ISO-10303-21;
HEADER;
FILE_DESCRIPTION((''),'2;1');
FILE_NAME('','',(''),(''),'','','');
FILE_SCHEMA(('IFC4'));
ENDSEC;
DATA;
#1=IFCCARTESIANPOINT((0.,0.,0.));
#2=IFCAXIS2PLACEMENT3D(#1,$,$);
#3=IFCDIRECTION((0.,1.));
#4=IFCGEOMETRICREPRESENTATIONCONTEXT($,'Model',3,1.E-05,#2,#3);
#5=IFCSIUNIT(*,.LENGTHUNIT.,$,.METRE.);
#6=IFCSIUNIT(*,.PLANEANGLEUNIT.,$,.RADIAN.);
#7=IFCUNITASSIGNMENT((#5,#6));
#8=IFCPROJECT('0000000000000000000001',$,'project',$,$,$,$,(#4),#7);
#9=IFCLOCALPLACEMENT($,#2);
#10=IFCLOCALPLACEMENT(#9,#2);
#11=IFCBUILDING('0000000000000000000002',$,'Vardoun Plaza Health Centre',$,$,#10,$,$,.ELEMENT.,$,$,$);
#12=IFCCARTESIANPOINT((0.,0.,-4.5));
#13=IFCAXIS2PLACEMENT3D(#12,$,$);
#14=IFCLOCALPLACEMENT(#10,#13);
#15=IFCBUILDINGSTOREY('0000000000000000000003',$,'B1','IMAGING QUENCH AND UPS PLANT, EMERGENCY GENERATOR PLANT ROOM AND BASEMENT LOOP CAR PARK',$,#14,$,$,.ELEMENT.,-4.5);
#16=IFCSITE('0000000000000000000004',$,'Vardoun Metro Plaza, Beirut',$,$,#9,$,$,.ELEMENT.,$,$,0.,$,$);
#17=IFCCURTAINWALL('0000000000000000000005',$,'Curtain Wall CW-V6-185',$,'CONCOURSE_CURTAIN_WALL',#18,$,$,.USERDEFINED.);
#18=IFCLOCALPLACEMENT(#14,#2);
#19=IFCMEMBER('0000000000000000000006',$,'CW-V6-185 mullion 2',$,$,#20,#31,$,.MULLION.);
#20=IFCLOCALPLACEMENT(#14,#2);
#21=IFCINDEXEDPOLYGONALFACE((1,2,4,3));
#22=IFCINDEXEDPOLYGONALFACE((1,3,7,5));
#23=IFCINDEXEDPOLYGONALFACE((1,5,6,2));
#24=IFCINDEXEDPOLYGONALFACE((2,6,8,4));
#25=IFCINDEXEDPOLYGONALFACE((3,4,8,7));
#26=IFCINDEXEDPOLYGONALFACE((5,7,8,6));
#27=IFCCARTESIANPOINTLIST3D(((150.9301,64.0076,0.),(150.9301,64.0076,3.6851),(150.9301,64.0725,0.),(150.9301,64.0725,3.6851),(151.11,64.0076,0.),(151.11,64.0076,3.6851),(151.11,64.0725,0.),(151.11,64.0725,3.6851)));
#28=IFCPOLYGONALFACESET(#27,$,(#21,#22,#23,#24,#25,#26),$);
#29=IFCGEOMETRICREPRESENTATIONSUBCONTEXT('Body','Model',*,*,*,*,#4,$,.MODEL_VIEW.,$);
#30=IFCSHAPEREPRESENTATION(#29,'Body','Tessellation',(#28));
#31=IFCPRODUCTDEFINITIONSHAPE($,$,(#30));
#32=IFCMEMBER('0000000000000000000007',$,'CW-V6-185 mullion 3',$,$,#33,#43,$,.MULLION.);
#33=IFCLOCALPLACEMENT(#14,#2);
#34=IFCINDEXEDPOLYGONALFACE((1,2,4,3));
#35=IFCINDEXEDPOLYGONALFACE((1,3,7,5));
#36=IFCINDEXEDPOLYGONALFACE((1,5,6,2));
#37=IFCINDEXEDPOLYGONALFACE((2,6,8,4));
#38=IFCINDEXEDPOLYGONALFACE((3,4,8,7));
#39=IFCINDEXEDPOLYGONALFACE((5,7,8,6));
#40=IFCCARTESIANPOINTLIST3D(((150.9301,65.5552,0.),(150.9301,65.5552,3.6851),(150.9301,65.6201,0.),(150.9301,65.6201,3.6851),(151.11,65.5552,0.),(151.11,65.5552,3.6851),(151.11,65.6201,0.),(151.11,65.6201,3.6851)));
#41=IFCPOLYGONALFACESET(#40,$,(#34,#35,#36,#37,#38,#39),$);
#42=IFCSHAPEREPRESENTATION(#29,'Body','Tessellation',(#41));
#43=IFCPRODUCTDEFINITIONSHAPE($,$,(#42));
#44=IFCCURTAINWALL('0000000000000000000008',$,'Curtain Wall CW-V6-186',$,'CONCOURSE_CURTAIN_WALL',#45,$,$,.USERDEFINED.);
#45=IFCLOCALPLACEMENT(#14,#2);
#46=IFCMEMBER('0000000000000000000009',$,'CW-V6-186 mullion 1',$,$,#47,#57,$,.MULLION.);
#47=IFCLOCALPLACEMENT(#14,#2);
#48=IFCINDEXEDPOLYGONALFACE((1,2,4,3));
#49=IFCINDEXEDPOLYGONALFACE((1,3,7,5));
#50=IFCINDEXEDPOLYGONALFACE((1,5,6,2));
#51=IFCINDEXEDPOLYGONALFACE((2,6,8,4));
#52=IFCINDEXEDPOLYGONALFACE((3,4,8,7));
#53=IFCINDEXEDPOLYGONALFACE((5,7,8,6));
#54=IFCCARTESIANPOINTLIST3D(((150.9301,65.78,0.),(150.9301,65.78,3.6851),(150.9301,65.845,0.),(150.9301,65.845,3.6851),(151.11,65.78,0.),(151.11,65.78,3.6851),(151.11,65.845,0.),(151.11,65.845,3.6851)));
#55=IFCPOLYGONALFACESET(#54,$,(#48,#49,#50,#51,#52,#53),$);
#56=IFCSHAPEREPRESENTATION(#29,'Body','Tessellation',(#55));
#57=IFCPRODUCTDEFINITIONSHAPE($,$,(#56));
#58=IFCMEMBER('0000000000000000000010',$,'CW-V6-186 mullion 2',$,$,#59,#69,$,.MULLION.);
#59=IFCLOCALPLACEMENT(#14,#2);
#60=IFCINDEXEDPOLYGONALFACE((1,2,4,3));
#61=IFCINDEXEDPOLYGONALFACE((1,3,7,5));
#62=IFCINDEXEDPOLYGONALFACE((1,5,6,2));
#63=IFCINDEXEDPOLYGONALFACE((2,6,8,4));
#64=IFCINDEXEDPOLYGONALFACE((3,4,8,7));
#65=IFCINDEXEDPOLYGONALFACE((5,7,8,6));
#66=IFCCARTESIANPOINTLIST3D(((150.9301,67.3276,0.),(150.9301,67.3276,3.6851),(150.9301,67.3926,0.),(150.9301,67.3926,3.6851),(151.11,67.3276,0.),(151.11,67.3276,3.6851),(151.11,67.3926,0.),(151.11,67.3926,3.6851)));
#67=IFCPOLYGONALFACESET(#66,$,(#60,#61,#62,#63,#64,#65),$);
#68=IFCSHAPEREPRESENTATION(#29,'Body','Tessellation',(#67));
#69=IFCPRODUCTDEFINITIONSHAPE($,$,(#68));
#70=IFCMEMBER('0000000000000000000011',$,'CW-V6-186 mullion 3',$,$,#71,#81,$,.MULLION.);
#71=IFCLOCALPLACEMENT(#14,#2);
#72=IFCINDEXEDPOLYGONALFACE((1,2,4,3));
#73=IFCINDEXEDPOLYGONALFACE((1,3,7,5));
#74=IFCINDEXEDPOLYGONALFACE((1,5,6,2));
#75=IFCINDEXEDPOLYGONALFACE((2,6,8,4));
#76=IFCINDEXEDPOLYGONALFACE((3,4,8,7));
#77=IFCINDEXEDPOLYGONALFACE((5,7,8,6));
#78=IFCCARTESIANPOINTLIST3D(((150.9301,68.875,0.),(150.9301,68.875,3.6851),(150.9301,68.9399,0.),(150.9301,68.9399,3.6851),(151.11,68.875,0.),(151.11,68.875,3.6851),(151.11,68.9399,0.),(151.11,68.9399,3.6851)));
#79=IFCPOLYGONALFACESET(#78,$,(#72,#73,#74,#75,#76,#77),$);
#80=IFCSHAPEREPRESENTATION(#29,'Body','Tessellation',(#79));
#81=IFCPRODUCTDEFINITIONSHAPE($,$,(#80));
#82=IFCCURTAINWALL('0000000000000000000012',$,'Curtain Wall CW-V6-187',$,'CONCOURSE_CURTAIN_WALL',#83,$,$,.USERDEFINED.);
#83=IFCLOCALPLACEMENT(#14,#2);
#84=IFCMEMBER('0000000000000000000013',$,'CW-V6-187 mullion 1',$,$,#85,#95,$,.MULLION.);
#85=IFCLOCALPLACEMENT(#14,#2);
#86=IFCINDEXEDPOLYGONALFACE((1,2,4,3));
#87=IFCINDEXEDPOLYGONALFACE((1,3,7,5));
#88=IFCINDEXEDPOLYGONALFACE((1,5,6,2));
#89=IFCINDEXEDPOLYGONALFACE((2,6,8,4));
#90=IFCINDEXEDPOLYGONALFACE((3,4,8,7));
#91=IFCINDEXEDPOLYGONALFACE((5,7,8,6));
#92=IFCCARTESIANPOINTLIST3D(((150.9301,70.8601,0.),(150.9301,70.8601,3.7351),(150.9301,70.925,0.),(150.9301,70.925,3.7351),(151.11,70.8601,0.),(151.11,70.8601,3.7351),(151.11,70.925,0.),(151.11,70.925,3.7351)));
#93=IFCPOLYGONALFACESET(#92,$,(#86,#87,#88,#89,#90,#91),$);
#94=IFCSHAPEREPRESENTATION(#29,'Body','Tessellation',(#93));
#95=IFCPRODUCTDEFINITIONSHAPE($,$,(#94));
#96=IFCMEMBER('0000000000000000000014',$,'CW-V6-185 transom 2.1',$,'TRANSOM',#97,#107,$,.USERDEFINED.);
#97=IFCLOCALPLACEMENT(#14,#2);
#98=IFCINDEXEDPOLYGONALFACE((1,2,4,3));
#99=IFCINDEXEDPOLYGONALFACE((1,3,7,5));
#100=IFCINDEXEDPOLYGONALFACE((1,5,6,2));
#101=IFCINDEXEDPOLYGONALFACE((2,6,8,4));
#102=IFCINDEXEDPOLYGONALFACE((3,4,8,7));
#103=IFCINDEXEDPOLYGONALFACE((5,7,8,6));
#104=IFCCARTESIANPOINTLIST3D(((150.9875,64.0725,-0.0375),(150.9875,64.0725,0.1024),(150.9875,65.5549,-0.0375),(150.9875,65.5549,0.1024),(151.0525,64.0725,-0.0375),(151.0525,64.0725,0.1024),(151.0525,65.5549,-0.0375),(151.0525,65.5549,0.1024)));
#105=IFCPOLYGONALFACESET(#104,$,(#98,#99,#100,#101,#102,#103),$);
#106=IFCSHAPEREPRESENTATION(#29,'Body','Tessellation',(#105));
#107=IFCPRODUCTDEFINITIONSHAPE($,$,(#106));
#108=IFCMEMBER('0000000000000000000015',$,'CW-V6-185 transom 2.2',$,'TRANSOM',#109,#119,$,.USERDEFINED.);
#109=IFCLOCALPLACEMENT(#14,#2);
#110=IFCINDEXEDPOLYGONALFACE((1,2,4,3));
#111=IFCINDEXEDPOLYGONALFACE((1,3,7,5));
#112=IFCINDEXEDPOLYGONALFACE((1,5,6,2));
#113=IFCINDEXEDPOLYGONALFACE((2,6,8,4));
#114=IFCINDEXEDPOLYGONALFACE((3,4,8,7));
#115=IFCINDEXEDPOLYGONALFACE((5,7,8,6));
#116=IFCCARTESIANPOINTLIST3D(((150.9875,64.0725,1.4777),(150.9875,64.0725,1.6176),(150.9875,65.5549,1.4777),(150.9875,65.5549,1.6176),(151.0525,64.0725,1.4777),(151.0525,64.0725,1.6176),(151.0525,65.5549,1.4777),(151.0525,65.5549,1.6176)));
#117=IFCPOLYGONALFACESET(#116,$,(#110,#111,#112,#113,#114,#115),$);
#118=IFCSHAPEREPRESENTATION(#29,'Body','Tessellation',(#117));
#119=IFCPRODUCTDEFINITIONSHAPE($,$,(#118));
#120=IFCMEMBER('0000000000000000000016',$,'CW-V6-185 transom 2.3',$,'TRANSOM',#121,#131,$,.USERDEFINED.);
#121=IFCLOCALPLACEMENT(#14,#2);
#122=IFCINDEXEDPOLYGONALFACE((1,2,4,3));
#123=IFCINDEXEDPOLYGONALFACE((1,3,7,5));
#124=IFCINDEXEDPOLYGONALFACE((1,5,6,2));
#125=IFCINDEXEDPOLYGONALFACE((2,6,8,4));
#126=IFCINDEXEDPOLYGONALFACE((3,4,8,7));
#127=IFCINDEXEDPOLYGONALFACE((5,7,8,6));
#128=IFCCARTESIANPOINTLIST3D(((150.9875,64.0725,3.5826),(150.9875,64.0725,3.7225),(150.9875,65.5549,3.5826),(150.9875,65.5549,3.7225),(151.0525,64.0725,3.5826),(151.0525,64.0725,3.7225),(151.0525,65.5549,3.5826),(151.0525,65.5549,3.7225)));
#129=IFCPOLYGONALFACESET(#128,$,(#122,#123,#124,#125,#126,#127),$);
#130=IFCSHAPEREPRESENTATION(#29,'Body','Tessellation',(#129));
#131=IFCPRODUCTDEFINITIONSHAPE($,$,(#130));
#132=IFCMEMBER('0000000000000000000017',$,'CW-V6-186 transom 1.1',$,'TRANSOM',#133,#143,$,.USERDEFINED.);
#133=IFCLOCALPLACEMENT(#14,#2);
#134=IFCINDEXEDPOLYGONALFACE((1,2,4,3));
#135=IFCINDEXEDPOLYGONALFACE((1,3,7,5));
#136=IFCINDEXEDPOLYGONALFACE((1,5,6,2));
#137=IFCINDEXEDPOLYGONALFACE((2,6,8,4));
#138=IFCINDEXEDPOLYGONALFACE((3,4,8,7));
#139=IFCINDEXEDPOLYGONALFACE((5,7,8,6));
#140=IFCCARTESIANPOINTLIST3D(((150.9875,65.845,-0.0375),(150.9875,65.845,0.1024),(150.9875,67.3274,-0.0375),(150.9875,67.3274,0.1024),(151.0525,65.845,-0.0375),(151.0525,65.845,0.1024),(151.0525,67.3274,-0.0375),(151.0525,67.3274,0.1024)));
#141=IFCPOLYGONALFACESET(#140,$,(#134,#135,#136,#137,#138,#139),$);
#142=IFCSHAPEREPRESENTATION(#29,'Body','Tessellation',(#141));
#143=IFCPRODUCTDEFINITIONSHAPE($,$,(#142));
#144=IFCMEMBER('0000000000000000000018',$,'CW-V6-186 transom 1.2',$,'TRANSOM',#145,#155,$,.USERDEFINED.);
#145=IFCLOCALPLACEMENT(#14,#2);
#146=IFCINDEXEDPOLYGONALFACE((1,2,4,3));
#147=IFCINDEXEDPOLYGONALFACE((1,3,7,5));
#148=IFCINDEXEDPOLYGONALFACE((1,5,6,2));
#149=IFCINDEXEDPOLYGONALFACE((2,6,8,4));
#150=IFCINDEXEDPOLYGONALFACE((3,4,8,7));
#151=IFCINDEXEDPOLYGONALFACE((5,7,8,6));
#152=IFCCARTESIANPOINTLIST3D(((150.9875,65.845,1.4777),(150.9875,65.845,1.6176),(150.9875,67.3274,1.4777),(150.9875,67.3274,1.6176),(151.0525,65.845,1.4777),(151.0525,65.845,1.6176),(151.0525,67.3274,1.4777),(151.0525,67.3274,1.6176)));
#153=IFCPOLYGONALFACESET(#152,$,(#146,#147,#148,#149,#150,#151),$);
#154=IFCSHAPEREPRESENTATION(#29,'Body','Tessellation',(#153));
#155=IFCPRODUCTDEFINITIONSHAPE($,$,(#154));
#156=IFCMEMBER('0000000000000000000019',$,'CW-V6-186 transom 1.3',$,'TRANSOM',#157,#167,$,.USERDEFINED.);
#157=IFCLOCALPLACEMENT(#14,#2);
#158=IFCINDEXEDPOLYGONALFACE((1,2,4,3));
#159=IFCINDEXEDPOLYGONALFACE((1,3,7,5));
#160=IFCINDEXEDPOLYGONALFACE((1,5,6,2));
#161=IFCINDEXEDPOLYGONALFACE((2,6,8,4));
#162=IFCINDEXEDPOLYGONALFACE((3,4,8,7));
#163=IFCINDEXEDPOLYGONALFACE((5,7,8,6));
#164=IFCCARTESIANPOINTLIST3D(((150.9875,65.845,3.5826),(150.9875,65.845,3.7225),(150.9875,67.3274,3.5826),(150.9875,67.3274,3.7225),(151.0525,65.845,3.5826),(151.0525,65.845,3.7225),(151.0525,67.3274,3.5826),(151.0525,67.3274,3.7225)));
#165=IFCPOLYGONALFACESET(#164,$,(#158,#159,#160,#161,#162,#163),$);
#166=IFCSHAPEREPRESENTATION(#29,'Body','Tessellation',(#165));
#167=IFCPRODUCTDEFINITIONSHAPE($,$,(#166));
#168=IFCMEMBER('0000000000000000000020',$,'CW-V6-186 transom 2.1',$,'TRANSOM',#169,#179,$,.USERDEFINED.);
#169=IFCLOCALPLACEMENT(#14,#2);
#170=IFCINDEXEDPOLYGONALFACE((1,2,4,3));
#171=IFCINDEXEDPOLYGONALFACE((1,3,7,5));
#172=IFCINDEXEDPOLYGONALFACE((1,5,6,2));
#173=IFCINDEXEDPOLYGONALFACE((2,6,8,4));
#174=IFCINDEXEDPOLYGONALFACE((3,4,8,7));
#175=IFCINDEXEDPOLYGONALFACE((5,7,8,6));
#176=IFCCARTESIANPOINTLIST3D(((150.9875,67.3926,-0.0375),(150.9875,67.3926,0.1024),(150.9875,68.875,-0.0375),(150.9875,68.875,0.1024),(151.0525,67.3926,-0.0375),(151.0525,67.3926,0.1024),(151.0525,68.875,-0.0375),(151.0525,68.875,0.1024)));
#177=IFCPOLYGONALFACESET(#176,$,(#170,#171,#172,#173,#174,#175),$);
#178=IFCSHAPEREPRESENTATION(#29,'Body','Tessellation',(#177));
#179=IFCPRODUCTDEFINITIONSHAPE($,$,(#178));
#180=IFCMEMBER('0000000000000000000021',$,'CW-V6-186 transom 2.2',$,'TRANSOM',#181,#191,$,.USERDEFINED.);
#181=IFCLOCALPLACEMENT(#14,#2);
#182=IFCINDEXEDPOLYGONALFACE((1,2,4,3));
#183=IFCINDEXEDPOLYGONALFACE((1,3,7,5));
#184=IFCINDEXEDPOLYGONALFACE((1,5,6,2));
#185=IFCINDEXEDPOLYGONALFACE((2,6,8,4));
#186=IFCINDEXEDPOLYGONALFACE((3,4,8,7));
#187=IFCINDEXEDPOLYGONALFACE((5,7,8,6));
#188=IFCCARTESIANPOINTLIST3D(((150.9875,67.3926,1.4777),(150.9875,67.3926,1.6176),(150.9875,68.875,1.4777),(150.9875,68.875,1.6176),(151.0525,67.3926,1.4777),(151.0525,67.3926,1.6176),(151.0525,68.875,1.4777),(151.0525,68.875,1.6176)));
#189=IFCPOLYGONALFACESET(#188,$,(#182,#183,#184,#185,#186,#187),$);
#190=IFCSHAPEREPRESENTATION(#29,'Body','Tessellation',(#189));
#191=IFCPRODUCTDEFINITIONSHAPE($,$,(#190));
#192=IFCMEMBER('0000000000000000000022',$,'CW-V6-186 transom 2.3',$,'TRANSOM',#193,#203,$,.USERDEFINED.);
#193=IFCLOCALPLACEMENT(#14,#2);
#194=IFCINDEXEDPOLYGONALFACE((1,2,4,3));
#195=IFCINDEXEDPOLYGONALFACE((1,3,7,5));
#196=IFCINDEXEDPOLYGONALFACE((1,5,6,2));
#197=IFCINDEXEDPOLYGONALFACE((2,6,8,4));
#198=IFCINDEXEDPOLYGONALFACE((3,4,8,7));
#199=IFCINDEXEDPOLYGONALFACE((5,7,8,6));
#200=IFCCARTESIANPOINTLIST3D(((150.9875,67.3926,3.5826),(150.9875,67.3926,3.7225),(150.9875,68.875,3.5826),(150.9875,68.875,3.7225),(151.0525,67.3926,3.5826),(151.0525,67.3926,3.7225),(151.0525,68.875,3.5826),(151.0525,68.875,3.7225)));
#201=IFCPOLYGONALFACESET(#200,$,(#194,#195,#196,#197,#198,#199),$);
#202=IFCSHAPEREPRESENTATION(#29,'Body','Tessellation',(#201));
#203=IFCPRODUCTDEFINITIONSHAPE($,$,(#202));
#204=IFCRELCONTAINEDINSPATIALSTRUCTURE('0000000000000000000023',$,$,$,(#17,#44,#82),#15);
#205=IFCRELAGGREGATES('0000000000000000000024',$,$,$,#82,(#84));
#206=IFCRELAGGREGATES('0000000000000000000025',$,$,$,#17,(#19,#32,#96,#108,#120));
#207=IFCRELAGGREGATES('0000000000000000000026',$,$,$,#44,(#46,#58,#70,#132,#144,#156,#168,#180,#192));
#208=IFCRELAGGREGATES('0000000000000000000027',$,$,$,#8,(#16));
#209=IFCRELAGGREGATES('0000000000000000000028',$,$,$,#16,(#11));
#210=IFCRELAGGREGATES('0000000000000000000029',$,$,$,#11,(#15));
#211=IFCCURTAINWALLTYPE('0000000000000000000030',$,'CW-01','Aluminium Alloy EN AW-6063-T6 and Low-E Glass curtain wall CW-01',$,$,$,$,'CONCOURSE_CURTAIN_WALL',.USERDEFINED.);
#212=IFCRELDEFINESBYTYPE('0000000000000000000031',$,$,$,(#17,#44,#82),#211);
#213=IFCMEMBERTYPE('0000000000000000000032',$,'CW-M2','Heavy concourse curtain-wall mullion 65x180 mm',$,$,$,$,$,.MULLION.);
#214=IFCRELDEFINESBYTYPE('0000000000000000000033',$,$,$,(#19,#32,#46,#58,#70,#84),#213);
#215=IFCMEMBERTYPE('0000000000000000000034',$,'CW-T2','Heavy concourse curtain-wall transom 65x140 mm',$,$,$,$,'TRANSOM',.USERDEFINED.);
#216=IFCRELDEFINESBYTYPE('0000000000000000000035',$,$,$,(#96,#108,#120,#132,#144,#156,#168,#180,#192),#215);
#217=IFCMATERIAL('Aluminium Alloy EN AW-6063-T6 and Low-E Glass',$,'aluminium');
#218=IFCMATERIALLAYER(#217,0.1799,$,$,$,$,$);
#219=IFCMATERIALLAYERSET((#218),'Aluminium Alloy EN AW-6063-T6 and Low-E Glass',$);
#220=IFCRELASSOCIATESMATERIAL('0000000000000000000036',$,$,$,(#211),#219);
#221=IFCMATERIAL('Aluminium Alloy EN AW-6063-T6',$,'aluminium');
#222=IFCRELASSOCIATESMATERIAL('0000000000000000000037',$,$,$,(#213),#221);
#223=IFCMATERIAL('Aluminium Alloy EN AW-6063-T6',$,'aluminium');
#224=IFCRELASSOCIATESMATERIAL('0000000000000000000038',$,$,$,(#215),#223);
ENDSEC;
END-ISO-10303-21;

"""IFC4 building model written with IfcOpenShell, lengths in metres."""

from ifc_helpers import new_model, si_unit, direction, frame, origin, origin_2d, place, context, subcontext, project, spatial, rectangle, extrude, material, layer, layer_set, material_profile, profile_set, type_object, element, aggregate, save


model = new_model("IFC4")

# Units and contexts
model_context = context("Model", 3, precision=1e-05, world=origin(), true_north=direction((0.0, 1.0)))
body_context = subcontext(model_context, "Body", "Model", "MODEL_VIEW")
ifc_project = project(units=[si_unit("LENGTHUNIT", "METRE"), si_unit("PLANEANGLEUNIT", "RADIAN")], contexts=[model_context])

# Site, building, storey
site_placement = place(None, origin())
site = spatial("IfcSite", under=ifc_project, at=site_placement, Name="Vardoun Metro Plaza, Beirut", CompositionType="ELEMENT", RefElevation=0.0)
building_placement = place(site_placement, origin())
building = spatial("IfcBuilding", under=site, at=building_placement, Name="Vardoun Plaza Health Centre", CompositionType="ELEMENT")
storey_placement = place(building_placement, frame((0.0, 0.0, -4.5)))
storey = spatial("IfcBuildingStorey", under=building, at=storey_placement, Name="B1", Description="IMAGING QUENCH AND UPS PLANT, EMERGENCY GENERATOR PLANT ROOM AND BASEMENT LOOP CAR PARK", CompositionType="ELEMENT", Elevation=-4.5)

# Curtain walls, members
ifc_material_1 = material(Name="Aluminium Alloy EN AW-6063-T6 and Low-E Glass", Category="aluminium")
ifc_layer_1 = layer(ifc_material_1, 0.1799)
ifc_layer_set_1 = layer_set([ifc_layer_1], Name="Aluminium Alloy EN AW-6063-T6 and Low-E Glass")
curtain_wall_type = type_object("IfcCurtainWallType", Name="CW-01", Description="Aluminium Alloy EN AW-6063-T6 and Low-E Glass curtain wall CW-01", ElementType="CONCOURSE_CURTAIN_WALL", PredefinedType="USERDEFINED", material=ifc_layer_set_1)
curtain_wall_1_placement = place(storey_placement, origin())
curtain_wall_1 = element("IfcCurtainWall", 1, at=curtain_wall_1_placement, inside=storey, type_object=curtain_wall_type, Name="Curtain Wall CW-V6-185", ObjectType="CONCOURSE_CURTAIN_WALL", PredefinedType="USERDEFINED")
ifc_material_2 = material(Name="Aluminium Alloy EN AW-6063-T6", Category="aluminium")
ifc_material_profile_1 = material_profile(ifc_material_2, rectangle(XDim=0.1799, YDim=0.0649, at=origin_2d()), Name="CWM 65x180")
ifc_profile_set_1 = profile_set([ifc_material_profile_1], Name="Aluminium Alloy EN AW-6063-T6")
member_type_1 = type_object("IfcMemberType", Name="CW-M2", Description="Heavy concourse curtain-wall mullion 65x180 mm", PredefinedType="MULLION", material=ifc_profile_set_1)
member_1_placement = place(storey_placement, frame((151.02, 64.04, 0.0), z_axis=(0.0, 0.0, 1.0), x_axis=(-1.0, 0.0, 0.0)))
member_1 = element("IfcMember", 2, at=member_1_placement, type_object=member_type_1, Name="CW-V6-185 mullion 2", PredefinedType="MULLION", context=body_context, shape_type="SweptSolid", body=[
    extrude(rectangle(XDim=0.1799, YDim=0.0649, at=origin_2d()), origin(), (0.0, 0.0, 1.0), 3.6851),
])
member_2_placement = place(storey_placement, frame((151.02, 65.5876, 0.0), z_axis=(0.0, 0.0, 1.0), x_axis=(-1.0, 0.0, 0.0)))
member_2 = element("IfcMember", 3, at=member_2_placement, type_object=member_type_1, Name="CW-V6-185 mullion 3", PredefinedType="MULLION", context=body_context, shape_type="SweptSolid", body=[
    extrude(rectangle(XDim=0.1799, YDim=0.0649, at=origin_2d()), origin(), (0.0, 0.0, 1.0), 3.6851),
])
curtain_wall_2_placement = place(storey_placement, origin())
curtain_wall_2 = element("IfcCurtainWall", 4, at=curtain_wall_2_placement, inside=storey, type_object=curtain_wall_type, Name="Curtain Wall CW-V6-186", ObjectType="CONCOURSE_CURTAIN_WALL", PredefinedType="USERDEFINED")
member_3_placement = place(storey_placement, frame((151.02, 65.8125, 0.0), z_axis=(0.0, 0.0, 1.0), x_axis=(-1.0, 0.0, 0.0)))
member_3 = element("IfcMember", 5, at=member_3_placement, type_object=member_type_1, Name="CW-V6-186 mullion 1", PredefinedType="MULLION", context=body_context, shape_type="SweptSolid", body=[
    extrude(rectangle(XDim=0.1799, YDim=0.0649, at=origin_2d()), origin(), (0.0, 0.0, 1.0), 3.6851),
])
member_4_placement = place(storey_placement, frame((151.02, 67.3601, 0.0), z_axis=(0.0, 0.0, 1.0), x_axis=(-1.0, 0.0, 0.0)))
member_4 = element("IfcMember", 6, at=member_4_placement, type_object=member_type_1, Name="CW-V6-186 mullion 2", PredefinedType="MULLION", context=body_context, shape_type="SweptSolid", body=[
    extrude(rectangle(XDim=0.1799, YDim=0.0649, at=origin_2d()), origin(), (0.0, 0.0, 1.0), 3.6851),
])
member_5_placement = place(storey_placement, frame((151.02, 68.9075, 0.0), z_axis=(0.0, 0.0, 1.0), x_axis=(-1.0, 0.0, 0.0)))
member_5 = element("IfcMember", 7, at=member_5_placement, type_object=member_type_1, Name="CW-V6-186 mullion 3", PredefinedType="MULLION", context=body_context, shape_type="SweptSolid", body=[
    extrude(rectangle(XDim=0.1799, YDim=0.0649, at=origin_2d()), origin(), (0.0, 0.0, 1.0), 3.6851),
])

# Curtain wall, member
curtain_wall_3_placement = place(storey_placement, origin())
curtain_wall_3 = element("IfcCurtainWall", 8, at=curtain_wall_3_placement, inside=storey, type_object=curtain_wall_type, Name="Curtain Wall CW-V6-187", ObjectType="CONCOURSE_CURTAIN_WALL", PredefinedType="USERDEFINED")
member_6_placement = place(storey_placement, frame((151.02, 70.8926, 0.0), z_axis=(0.0, 0.0, 1.0), x_axis=(-1.0, 0.0, 0.0)))
member_6 = element("IfcMember", 9, at=member_6_placement, type_object=member_type_1, Name="CW-V6-187 mullion 1", PredefinedType="MULLION", context=body_context, shape_type="SweptSolid", body=[
    extrude(rectangle(XDim=0.1799, YDim=0.0649, at=origin_2d()), origin(), (0.0, 0.0, 1.0), 3.7351),
])

# Members
ifc_material_3 = material(Name="Aluminium Alloy EN AW-6063-T6", Category="aluminium")
ifc_material_profile_2 = material_profile(ifc_material_3, rectangle(XDim=0.0649, YDim=0.1399, at=origin_2d()), Name="CWT 65x140")
ifc_profile_set_2 = profile_set([ifc_material_profile_2], Name="Aluminium Alloy EN AW-6063-T6")
member_type_2 = type_object("IfcMemberType", Name="CW-T2", Description="Heavy concourse curtain-wall transom 65x140 mm", ElementType="TRANSOM", PredefinedType="USERDEFINED", material=ifc_profile_set_2)
member_7_placement = place(storey_placement, frame((151.02, 64.0725, 0.0325), z_axis=(0.0, 1.0, 0.0), x_axis=(-1.0, 0.0, 0.0)))
member_7 = element("IfcMember", 10, at=member_7_placement, type_object=member_type_2, Name="CW-V6-185 transom 2.1", ObjectType="TRANSOM", PredefinedType="USERDEFINED", context=body_context, shape_type="SweptSolid", body=[
    extrude(rectangle(XDim=0.0649, YDim=0.1399, at=origin_2d()), origin(), (0.0, 0.0, 1.0), 1.4824),
])
member_8_placement = place(storey_placement, frame((151.02, 64.0725, 1.5476), z_axis=(0.0, 1.0, 0.0), x_axis=(-1.0, 0.0, 0.0)))
member_8 = element("IfcMember", 11, at=member_8_placement, type_object=member_type_2, Name="CW-V6-185 transom 2.2", ObjectType="TRANSOM", PredefinedType="USERDEFINED", context=body_context, shape_type="SweptSolid", body=[
    extrude(rectangle(XDim=0.0649, YDim=0.1399, at=origin_2d()), origin(), (0.0, 0.0, 1.0), 1.4824),
])
member_9_placement = place(storey_placement, frame((151.02, 64.0725, 3.6526), z_axis=(0.0, 1.0, 0.0), x_axis=(-1.0, 0.0, 0.0)))
member_9 = element("IfcMember", 12, at=member_9_placement, type_object=member_type_2, Name="CW-V6-185 transom 2.3", ObjectType="TRANSOM", PredefinedType="USERDEFINED", context=body_context, shape_type="SweptSolid", body=[
    extrude(rectangle(XDim=0.0649, YDim=0.1399, at=origin_2d()), origin(), (0.0, 0.0, 1.0), 1.4824),
])
member_10_placement = place(storey_placement, frame((151.02, 65.845, 0.0325), z_axis=(0.0, 1.0, 0.0), x_axis=(-1.0, 0.0, 0.0)))
member_10 = element("IfcMember", 13, at=member_10_placement, type_object=member_type_2, Name="CW-V6-186 transom 1.1", ObjectType="TRANSOM", PredefinedType="USERDEFINED", context=body_context, shape_type="SweptSolid", body=[
    extrude(rectangle(XDim=0.0649, YDim=0.1399, at=origin_2d()), origin(), (0.0, 0.0, 1.0), 1.4824),
])
member_11_placement = place(storey_placement, frame((151.02, 65.845, 1.5476), z_axis=(0.0, 1.0, 0.0), x_axis=(-1.0, 0.0, 0.0)))
member_11 = element("IfcMember", 14, at=member_11_placement, type_object=member_type_2, Name="CW-V6-186 transom 1.2", ObjectType="TRANSOM", PredefinedType="USERDEFINED", context=body_context, shape_type="SweptSolid", body=[
    extrude(rectangle(XDim=0.0649, YDim=0.1399, at=origin_2d()), origin(), (0.0, 0.0, 1.0), 1.4824),
])
member_12_placement = place(storey_placement, frame((151.02, 65.845, 3.6526), z_axis=(0.0, 1.0, 0.0), x_axis=(-1.0, 0.0, 0.0)))
member_12 = element("IfcMember", 15, at=member_12_placement, type_object=member_type_2, Name="CW-V6-186 transom 1.3", ObjectType="TRANSOM", PredefinedType="USERDEFINED", context=body_context, shape_type="SweptSolid", body=[
    extrude(rectangle(XDim=0.0649, YDim=0.1399, at=origin_2d()), origin(), (0.0, 0.0, 1.0), 1.4824),
])
member_13_placement = place(storey_placement, frame((151.02, 67.3926, 0.0325), z_axis=(0.0, 1.0, 0.0), x_axis=(-1.0, 0.0, 0.0)))
member_13 = element("IfcMember", 16, at=member_13_placement, type_object=member_type_2, Name="CW-V6-186 transom 2.1", ObjectType="TRANSOM", PredefinedType="USERDEFINED", context=body_context, shape_type="SweptSolid", body=[
    extrude(rectangle(XDim=0.0649, YDim=0.1399, at=origin_2d()), origin(), (0.0, 0.0, 1.0), 1.4824),
])
member_14_placement = place(storey_placement, frame((151.02, 67.3926, 1.5476), z_axis=(0.0, 1.0, 0.0), x_axis=(-1.0, 0.0, 0.0)))
member_14 = element("IfcMember", 17, at=member_14_placement, type_object=member_type_2, Name="CW-V6-186 transom 2.2", ObjectType="TRANSOM", PredefinedType="USERDEFINED", context=body_context, shape_type="SweptSolid", body=[
    extrude(rectangle(XDim=0.0649, YDim=0.1399, at=origin_2d()), origin(), (0.0, 0.0, 1.0), 1.4824),
])
member_15_placement = place(storey_placement, frame((151.02, 67.3926, 3.6526), z_axis=(0.0, 1.0, 0.0), x_axis=(-1.0, 0.0, 0.0)))
member_15 = element("IfcMember", 18, at=member_15_placement, type_object=member_type_2, Name="CW-V6-186 transom 2.3", ObjectType="TRANSOM", PredefinedType="USERDEFINED", context=body_context, shape_type="SweptSolid", body=[
    extrude(rectangle(XDim=0.0649, YDim=0.1399, at=origin_2d()), origin(), (0.0, 0.0, 1.0), 1.4824),
])
aggregate(curtain_wall_3, [member_6])

aggregate(curtain_wall_1, [member_1, member_2, member_7, member_8, member_9])
aggregate(curtain_wall_2, [member_3, member_4, member_5, member_10, member_11, member_12, member_13, member_14, member_15])

save(model, "model.ifc")
